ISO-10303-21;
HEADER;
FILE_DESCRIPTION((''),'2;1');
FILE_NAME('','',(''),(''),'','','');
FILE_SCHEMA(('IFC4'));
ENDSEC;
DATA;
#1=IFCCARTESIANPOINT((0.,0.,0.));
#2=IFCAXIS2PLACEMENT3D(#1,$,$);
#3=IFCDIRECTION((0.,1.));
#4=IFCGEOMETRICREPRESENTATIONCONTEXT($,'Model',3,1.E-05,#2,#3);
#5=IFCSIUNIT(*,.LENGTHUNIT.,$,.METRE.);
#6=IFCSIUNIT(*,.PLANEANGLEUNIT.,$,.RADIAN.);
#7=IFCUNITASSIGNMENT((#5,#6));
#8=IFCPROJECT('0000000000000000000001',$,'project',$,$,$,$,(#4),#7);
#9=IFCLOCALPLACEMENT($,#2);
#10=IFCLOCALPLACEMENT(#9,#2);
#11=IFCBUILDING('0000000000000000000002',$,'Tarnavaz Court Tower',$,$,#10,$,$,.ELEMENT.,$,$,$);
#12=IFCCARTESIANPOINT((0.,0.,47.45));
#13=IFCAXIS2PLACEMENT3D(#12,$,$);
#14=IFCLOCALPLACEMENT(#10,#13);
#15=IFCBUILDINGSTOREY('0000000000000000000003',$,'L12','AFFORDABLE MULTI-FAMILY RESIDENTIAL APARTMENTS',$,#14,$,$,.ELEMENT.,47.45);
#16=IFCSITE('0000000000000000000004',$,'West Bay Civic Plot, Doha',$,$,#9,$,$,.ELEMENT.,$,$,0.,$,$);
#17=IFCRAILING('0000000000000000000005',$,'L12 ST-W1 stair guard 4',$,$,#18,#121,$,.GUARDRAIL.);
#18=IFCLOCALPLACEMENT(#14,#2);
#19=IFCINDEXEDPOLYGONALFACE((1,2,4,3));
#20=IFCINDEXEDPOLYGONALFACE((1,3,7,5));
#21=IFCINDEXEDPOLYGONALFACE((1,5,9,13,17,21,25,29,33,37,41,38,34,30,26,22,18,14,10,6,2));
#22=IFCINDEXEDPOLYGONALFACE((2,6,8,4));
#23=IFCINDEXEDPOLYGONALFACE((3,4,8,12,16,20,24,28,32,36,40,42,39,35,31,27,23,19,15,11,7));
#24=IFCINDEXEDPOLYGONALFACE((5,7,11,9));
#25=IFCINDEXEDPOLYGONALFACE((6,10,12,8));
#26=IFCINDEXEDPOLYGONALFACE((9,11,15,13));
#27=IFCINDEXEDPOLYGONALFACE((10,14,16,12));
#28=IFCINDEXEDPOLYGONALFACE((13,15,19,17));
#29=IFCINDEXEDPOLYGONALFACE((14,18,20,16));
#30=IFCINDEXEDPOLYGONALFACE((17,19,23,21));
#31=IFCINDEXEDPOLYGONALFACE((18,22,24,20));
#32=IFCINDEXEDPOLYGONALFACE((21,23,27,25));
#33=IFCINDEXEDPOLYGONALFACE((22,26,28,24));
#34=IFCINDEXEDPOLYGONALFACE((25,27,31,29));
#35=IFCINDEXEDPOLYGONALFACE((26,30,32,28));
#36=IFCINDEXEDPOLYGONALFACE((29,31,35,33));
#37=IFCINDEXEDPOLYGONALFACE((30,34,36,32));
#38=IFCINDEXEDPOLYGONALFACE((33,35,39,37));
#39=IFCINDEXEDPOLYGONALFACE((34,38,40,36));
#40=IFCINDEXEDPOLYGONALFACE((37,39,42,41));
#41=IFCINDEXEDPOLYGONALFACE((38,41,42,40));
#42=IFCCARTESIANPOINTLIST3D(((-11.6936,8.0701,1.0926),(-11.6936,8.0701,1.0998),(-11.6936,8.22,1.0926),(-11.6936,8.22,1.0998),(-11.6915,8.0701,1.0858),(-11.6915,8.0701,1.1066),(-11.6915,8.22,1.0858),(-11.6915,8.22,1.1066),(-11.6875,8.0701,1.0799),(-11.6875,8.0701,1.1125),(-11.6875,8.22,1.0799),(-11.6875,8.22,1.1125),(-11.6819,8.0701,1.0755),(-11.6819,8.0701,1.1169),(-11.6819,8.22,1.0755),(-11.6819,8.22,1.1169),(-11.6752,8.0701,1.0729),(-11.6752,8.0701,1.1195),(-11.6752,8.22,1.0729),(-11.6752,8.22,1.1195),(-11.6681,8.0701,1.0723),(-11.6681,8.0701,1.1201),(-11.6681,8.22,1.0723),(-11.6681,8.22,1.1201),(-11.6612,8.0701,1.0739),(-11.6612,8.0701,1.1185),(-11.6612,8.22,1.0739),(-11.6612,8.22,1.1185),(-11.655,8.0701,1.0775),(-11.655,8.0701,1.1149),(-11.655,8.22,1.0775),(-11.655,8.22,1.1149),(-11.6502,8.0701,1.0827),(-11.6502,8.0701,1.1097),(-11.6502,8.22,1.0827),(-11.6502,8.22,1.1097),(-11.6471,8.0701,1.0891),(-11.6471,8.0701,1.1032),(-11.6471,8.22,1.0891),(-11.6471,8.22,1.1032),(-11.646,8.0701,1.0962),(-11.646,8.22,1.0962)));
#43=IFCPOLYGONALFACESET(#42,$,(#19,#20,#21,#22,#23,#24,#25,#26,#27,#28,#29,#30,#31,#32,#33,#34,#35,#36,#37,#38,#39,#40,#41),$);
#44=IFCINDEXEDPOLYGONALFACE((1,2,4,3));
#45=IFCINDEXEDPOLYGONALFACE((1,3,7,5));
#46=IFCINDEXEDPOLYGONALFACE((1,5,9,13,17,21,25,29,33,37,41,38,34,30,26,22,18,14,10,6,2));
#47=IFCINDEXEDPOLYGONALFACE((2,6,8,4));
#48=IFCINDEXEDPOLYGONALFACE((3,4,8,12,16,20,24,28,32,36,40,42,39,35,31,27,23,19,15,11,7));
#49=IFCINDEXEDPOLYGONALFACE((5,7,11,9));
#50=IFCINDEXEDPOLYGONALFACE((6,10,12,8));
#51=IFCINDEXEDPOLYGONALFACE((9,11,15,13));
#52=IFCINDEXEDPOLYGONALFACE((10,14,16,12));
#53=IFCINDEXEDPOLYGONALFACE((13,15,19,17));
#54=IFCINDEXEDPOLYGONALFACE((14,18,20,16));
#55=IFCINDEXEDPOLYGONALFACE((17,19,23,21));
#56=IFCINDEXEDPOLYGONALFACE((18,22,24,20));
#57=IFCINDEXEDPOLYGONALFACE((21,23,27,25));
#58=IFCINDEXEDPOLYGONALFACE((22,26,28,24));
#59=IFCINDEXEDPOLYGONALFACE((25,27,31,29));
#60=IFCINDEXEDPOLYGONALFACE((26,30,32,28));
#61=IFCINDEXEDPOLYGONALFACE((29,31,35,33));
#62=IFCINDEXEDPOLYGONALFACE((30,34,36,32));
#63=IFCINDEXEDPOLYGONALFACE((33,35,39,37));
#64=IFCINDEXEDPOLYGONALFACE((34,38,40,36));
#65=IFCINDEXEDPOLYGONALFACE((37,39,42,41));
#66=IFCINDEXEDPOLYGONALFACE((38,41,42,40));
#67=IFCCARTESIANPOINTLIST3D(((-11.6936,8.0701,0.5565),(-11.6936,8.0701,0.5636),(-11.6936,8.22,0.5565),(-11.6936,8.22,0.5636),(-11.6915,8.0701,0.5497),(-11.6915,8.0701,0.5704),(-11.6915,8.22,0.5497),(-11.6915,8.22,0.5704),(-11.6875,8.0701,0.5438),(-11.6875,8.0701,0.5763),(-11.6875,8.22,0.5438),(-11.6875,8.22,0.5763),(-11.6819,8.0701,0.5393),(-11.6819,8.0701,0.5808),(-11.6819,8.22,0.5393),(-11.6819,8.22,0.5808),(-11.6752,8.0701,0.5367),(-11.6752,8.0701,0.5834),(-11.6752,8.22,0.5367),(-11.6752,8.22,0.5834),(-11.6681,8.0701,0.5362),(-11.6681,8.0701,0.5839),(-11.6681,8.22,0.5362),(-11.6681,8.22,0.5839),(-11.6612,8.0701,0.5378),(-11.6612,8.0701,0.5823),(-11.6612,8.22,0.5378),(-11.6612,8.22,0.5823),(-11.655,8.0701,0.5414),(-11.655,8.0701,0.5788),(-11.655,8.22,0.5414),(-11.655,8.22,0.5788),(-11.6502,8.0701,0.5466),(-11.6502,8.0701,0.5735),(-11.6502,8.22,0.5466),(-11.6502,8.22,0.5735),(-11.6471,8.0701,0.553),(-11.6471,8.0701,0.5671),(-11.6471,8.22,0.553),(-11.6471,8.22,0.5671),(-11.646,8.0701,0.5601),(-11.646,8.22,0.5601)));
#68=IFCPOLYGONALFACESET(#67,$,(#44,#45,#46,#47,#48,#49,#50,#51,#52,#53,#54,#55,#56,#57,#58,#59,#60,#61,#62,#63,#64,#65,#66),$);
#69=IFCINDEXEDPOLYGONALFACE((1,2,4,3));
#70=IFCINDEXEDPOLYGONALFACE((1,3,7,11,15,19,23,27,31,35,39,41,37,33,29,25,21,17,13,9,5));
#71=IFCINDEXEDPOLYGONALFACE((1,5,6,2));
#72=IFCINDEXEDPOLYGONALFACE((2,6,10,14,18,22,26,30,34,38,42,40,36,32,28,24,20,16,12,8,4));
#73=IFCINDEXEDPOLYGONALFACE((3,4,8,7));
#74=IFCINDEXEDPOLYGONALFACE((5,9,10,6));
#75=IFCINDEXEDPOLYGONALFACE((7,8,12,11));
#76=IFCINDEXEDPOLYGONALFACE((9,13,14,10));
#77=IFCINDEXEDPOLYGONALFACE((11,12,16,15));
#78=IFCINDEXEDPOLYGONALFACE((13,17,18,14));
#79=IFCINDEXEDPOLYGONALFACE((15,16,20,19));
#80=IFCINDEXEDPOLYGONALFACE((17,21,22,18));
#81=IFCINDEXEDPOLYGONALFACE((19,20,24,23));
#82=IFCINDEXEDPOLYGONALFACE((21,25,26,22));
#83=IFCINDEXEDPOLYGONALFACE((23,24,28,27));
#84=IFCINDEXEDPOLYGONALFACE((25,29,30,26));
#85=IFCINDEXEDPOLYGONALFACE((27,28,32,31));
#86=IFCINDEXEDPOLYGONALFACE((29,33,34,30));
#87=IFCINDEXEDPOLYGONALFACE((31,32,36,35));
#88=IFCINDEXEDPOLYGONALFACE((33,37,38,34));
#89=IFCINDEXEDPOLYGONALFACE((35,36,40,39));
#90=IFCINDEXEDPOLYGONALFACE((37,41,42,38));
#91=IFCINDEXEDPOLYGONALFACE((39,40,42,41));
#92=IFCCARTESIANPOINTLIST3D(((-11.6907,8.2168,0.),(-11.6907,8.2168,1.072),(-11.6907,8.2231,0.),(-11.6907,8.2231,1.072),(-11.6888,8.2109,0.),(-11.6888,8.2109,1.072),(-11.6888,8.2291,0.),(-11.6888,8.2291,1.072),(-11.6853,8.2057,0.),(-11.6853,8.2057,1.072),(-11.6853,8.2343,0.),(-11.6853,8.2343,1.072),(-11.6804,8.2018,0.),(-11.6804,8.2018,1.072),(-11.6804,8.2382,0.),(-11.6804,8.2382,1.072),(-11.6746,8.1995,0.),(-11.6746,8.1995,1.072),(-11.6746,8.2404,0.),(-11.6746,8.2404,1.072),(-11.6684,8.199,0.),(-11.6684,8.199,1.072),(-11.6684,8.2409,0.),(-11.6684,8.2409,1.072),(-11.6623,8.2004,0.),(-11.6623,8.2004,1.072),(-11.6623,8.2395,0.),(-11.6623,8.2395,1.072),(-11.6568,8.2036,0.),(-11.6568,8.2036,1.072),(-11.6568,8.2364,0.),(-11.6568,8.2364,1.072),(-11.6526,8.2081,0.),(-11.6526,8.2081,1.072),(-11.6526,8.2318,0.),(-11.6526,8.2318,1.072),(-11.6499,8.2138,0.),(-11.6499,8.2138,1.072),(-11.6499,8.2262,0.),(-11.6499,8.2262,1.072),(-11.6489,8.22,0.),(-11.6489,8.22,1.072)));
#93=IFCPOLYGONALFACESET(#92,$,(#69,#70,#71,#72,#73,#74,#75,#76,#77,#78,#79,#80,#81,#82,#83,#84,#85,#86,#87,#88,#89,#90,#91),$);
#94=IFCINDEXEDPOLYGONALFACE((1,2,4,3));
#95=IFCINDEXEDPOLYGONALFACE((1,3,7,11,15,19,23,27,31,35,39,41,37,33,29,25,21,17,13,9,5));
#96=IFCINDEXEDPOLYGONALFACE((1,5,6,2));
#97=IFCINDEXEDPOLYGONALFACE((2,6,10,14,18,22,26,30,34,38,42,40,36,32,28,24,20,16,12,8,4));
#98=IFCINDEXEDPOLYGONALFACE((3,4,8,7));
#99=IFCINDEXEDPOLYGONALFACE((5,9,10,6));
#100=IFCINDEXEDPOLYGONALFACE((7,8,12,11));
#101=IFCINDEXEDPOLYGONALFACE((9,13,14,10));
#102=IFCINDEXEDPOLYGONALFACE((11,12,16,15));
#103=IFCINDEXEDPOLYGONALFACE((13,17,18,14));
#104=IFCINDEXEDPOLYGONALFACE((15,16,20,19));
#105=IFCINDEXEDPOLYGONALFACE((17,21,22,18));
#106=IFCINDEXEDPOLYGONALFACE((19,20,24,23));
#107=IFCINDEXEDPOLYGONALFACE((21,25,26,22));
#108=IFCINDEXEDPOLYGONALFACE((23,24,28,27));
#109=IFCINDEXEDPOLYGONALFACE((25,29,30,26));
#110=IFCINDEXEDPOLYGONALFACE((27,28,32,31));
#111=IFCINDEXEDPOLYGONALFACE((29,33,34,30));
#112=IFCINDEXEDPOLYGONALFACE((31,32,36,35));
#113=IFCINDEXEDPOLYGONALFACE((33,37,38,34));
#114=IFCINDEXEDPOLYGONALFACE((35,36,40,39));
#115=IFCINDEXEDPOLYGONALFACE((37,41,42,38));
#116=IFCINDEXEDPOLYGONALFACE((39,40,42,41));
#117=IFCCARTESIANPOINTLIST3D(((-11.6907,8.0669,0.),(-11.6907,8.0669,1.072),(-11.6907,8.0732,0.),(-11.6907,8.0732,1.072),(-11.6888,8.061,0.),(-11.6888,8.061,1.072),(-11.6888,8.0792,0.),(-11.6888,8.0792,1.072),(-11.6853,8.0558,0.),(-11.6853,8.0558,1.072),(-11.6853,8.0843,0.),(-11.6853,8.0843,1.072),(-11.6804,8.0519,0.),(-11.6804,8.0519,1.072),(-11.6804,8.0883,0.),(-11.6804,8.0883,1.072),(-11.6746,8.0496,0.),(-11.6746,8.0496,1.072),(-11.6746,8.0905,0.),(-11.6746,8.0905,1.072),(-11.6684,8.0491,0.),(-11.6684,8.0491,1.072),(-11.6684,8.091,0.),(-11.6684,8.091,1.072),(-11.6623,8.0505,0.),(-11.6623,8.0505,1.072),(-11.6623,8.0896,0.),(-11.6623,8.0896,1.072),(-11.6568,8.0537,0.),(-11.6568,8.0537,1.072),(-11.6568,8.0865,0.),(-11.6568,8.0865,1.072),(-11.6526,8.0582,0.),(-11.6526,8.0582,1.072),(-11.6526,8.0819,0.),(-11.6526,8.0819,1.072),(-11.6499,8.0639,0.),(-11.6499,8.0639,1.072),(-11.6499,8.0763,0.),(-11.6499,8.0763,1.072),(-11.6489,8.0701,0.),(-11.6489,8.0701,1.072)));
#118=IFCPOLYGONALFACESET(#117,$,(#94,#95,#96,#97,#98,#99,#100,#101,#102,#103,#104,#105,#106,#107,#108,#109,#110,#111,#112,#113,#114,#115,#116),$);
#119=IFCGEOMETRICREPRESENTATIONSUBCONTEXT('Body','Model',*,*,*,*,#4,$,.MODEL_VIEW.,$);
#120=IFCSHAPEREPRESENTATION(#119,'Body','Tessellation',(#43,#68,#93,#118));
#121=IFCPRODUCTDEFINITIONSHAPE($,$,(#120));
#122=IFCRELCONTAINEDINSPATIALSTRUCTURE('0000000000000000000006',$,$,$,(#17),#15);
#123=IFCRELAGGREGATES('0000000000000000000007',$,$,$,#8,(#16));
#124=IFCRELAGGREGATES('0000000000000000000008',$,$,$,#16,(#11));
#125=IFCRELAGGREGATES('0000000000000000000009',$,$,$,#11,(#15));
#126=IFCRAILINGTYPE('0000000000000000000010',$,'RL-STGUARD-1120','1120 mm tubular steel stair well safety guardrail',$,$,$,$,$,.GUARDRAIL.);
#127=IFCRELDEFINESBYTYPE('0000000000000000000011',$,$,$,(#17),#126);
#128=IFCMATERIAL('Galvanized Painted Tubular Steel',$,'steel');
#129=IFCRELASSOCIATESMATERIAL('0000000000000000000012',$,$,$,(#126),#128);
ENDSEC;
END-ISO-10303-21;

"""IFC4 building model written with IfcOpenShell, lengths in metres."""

from ifc_helpers import new_model, si_unit, direction, frame, origin, origin_2d, place, context, subcontext, project, spatial, circle, extrude, material, type_object, element, save


model = new_model("IFC4")

# Units and contexts
model_context = context("Model", 3, precision=1e-05, world=origin(), true_north=direction((0.0, 1.0)))
body_context = subcontext(model_context, "Body", "Model", "MODEL_VIEW")
ifc_project = project(units=[si_unit("LENGTHUNIT", "METRE"), si_unit("PLANEANGLEUNIT", "RADIAN")], contexts=[model_context])

# Site, building, storey
site_placement = place(None, origin())
site = spatial("IfcSite", under=ifc_project, at=site_placement, Name="West Bay Civic Plot, Doha", CompositionType="ELEMENT", RefElevation=0.0)
building_placement = place(site_placement, origin())
building = spatial("IfcBuilding", under=site, at=building_placement, Name="Tarnavaz Court Tower", CompositionType="ELEMENT")
storey_placement = place(building_placement, frame((0.0, 0.0, 47.45)))
storey = spatial("IfcBuildingStorey", under=building, at=storey_placement, Name="L12", Description="AFFORDABLE MULTI-FAMILY RESIDENTIAL APARTMENTS", CompositionType="ELEMENT", Elevation=47.45)

# Railing
ifc_material_1 = material(Name="Galvanized Painted Tubular Steel", Category="steel")
railing_type_1 = type_object("IfcRailingType", Name="RL-STGUARD-1120", Description="1120 mm tubular steel stair well safety guardrail", PredefinedType="GUARDRAIL", material=ifc_material_1)
railing_1_placement = place(storey_placement, frame((-11.6699, 8.22, 0.0)))
element("IfcRailing", 1, at=railing_1_placement, inside=storey, type_object=railing_type_1, Name="L12 ST-W1 stair guard 4", PredefinedType="GUARDRAIL", context=body_context, shape_type="SweptSolid", body=[
    extrude(circle(Radius=0.0239, at=origin_2d()), frame((0.0, 0.0, 1.0962), z_axis=(0.0, -1.0, 0.0), x_axis=(1.0, 0.0, 0.0)), (0.0, 0.0, 1.0), 0.1499),
    extrude(circle(Radius=0.0239, at=origin_2d()), frame((0.0, 0.0, 0.5601), z_axis=(0.0, -1.0, 0.0), x_axis=(1.0, 0.0, 0.0)), (0.0, 0.0, 1.0), 0.1499),
    extrude(circle(Radius=0.021, at=origin_2d()), origin(), (0.0, 0.0, 1.0), 1.072),
    extrude(circle(Radius=0.021, at=origin_2d()), frame((0.0, -0.1499, 0.0)), (0.0, 0.0, 1.0), 1.072),
])

save(model, "model.ifc")
